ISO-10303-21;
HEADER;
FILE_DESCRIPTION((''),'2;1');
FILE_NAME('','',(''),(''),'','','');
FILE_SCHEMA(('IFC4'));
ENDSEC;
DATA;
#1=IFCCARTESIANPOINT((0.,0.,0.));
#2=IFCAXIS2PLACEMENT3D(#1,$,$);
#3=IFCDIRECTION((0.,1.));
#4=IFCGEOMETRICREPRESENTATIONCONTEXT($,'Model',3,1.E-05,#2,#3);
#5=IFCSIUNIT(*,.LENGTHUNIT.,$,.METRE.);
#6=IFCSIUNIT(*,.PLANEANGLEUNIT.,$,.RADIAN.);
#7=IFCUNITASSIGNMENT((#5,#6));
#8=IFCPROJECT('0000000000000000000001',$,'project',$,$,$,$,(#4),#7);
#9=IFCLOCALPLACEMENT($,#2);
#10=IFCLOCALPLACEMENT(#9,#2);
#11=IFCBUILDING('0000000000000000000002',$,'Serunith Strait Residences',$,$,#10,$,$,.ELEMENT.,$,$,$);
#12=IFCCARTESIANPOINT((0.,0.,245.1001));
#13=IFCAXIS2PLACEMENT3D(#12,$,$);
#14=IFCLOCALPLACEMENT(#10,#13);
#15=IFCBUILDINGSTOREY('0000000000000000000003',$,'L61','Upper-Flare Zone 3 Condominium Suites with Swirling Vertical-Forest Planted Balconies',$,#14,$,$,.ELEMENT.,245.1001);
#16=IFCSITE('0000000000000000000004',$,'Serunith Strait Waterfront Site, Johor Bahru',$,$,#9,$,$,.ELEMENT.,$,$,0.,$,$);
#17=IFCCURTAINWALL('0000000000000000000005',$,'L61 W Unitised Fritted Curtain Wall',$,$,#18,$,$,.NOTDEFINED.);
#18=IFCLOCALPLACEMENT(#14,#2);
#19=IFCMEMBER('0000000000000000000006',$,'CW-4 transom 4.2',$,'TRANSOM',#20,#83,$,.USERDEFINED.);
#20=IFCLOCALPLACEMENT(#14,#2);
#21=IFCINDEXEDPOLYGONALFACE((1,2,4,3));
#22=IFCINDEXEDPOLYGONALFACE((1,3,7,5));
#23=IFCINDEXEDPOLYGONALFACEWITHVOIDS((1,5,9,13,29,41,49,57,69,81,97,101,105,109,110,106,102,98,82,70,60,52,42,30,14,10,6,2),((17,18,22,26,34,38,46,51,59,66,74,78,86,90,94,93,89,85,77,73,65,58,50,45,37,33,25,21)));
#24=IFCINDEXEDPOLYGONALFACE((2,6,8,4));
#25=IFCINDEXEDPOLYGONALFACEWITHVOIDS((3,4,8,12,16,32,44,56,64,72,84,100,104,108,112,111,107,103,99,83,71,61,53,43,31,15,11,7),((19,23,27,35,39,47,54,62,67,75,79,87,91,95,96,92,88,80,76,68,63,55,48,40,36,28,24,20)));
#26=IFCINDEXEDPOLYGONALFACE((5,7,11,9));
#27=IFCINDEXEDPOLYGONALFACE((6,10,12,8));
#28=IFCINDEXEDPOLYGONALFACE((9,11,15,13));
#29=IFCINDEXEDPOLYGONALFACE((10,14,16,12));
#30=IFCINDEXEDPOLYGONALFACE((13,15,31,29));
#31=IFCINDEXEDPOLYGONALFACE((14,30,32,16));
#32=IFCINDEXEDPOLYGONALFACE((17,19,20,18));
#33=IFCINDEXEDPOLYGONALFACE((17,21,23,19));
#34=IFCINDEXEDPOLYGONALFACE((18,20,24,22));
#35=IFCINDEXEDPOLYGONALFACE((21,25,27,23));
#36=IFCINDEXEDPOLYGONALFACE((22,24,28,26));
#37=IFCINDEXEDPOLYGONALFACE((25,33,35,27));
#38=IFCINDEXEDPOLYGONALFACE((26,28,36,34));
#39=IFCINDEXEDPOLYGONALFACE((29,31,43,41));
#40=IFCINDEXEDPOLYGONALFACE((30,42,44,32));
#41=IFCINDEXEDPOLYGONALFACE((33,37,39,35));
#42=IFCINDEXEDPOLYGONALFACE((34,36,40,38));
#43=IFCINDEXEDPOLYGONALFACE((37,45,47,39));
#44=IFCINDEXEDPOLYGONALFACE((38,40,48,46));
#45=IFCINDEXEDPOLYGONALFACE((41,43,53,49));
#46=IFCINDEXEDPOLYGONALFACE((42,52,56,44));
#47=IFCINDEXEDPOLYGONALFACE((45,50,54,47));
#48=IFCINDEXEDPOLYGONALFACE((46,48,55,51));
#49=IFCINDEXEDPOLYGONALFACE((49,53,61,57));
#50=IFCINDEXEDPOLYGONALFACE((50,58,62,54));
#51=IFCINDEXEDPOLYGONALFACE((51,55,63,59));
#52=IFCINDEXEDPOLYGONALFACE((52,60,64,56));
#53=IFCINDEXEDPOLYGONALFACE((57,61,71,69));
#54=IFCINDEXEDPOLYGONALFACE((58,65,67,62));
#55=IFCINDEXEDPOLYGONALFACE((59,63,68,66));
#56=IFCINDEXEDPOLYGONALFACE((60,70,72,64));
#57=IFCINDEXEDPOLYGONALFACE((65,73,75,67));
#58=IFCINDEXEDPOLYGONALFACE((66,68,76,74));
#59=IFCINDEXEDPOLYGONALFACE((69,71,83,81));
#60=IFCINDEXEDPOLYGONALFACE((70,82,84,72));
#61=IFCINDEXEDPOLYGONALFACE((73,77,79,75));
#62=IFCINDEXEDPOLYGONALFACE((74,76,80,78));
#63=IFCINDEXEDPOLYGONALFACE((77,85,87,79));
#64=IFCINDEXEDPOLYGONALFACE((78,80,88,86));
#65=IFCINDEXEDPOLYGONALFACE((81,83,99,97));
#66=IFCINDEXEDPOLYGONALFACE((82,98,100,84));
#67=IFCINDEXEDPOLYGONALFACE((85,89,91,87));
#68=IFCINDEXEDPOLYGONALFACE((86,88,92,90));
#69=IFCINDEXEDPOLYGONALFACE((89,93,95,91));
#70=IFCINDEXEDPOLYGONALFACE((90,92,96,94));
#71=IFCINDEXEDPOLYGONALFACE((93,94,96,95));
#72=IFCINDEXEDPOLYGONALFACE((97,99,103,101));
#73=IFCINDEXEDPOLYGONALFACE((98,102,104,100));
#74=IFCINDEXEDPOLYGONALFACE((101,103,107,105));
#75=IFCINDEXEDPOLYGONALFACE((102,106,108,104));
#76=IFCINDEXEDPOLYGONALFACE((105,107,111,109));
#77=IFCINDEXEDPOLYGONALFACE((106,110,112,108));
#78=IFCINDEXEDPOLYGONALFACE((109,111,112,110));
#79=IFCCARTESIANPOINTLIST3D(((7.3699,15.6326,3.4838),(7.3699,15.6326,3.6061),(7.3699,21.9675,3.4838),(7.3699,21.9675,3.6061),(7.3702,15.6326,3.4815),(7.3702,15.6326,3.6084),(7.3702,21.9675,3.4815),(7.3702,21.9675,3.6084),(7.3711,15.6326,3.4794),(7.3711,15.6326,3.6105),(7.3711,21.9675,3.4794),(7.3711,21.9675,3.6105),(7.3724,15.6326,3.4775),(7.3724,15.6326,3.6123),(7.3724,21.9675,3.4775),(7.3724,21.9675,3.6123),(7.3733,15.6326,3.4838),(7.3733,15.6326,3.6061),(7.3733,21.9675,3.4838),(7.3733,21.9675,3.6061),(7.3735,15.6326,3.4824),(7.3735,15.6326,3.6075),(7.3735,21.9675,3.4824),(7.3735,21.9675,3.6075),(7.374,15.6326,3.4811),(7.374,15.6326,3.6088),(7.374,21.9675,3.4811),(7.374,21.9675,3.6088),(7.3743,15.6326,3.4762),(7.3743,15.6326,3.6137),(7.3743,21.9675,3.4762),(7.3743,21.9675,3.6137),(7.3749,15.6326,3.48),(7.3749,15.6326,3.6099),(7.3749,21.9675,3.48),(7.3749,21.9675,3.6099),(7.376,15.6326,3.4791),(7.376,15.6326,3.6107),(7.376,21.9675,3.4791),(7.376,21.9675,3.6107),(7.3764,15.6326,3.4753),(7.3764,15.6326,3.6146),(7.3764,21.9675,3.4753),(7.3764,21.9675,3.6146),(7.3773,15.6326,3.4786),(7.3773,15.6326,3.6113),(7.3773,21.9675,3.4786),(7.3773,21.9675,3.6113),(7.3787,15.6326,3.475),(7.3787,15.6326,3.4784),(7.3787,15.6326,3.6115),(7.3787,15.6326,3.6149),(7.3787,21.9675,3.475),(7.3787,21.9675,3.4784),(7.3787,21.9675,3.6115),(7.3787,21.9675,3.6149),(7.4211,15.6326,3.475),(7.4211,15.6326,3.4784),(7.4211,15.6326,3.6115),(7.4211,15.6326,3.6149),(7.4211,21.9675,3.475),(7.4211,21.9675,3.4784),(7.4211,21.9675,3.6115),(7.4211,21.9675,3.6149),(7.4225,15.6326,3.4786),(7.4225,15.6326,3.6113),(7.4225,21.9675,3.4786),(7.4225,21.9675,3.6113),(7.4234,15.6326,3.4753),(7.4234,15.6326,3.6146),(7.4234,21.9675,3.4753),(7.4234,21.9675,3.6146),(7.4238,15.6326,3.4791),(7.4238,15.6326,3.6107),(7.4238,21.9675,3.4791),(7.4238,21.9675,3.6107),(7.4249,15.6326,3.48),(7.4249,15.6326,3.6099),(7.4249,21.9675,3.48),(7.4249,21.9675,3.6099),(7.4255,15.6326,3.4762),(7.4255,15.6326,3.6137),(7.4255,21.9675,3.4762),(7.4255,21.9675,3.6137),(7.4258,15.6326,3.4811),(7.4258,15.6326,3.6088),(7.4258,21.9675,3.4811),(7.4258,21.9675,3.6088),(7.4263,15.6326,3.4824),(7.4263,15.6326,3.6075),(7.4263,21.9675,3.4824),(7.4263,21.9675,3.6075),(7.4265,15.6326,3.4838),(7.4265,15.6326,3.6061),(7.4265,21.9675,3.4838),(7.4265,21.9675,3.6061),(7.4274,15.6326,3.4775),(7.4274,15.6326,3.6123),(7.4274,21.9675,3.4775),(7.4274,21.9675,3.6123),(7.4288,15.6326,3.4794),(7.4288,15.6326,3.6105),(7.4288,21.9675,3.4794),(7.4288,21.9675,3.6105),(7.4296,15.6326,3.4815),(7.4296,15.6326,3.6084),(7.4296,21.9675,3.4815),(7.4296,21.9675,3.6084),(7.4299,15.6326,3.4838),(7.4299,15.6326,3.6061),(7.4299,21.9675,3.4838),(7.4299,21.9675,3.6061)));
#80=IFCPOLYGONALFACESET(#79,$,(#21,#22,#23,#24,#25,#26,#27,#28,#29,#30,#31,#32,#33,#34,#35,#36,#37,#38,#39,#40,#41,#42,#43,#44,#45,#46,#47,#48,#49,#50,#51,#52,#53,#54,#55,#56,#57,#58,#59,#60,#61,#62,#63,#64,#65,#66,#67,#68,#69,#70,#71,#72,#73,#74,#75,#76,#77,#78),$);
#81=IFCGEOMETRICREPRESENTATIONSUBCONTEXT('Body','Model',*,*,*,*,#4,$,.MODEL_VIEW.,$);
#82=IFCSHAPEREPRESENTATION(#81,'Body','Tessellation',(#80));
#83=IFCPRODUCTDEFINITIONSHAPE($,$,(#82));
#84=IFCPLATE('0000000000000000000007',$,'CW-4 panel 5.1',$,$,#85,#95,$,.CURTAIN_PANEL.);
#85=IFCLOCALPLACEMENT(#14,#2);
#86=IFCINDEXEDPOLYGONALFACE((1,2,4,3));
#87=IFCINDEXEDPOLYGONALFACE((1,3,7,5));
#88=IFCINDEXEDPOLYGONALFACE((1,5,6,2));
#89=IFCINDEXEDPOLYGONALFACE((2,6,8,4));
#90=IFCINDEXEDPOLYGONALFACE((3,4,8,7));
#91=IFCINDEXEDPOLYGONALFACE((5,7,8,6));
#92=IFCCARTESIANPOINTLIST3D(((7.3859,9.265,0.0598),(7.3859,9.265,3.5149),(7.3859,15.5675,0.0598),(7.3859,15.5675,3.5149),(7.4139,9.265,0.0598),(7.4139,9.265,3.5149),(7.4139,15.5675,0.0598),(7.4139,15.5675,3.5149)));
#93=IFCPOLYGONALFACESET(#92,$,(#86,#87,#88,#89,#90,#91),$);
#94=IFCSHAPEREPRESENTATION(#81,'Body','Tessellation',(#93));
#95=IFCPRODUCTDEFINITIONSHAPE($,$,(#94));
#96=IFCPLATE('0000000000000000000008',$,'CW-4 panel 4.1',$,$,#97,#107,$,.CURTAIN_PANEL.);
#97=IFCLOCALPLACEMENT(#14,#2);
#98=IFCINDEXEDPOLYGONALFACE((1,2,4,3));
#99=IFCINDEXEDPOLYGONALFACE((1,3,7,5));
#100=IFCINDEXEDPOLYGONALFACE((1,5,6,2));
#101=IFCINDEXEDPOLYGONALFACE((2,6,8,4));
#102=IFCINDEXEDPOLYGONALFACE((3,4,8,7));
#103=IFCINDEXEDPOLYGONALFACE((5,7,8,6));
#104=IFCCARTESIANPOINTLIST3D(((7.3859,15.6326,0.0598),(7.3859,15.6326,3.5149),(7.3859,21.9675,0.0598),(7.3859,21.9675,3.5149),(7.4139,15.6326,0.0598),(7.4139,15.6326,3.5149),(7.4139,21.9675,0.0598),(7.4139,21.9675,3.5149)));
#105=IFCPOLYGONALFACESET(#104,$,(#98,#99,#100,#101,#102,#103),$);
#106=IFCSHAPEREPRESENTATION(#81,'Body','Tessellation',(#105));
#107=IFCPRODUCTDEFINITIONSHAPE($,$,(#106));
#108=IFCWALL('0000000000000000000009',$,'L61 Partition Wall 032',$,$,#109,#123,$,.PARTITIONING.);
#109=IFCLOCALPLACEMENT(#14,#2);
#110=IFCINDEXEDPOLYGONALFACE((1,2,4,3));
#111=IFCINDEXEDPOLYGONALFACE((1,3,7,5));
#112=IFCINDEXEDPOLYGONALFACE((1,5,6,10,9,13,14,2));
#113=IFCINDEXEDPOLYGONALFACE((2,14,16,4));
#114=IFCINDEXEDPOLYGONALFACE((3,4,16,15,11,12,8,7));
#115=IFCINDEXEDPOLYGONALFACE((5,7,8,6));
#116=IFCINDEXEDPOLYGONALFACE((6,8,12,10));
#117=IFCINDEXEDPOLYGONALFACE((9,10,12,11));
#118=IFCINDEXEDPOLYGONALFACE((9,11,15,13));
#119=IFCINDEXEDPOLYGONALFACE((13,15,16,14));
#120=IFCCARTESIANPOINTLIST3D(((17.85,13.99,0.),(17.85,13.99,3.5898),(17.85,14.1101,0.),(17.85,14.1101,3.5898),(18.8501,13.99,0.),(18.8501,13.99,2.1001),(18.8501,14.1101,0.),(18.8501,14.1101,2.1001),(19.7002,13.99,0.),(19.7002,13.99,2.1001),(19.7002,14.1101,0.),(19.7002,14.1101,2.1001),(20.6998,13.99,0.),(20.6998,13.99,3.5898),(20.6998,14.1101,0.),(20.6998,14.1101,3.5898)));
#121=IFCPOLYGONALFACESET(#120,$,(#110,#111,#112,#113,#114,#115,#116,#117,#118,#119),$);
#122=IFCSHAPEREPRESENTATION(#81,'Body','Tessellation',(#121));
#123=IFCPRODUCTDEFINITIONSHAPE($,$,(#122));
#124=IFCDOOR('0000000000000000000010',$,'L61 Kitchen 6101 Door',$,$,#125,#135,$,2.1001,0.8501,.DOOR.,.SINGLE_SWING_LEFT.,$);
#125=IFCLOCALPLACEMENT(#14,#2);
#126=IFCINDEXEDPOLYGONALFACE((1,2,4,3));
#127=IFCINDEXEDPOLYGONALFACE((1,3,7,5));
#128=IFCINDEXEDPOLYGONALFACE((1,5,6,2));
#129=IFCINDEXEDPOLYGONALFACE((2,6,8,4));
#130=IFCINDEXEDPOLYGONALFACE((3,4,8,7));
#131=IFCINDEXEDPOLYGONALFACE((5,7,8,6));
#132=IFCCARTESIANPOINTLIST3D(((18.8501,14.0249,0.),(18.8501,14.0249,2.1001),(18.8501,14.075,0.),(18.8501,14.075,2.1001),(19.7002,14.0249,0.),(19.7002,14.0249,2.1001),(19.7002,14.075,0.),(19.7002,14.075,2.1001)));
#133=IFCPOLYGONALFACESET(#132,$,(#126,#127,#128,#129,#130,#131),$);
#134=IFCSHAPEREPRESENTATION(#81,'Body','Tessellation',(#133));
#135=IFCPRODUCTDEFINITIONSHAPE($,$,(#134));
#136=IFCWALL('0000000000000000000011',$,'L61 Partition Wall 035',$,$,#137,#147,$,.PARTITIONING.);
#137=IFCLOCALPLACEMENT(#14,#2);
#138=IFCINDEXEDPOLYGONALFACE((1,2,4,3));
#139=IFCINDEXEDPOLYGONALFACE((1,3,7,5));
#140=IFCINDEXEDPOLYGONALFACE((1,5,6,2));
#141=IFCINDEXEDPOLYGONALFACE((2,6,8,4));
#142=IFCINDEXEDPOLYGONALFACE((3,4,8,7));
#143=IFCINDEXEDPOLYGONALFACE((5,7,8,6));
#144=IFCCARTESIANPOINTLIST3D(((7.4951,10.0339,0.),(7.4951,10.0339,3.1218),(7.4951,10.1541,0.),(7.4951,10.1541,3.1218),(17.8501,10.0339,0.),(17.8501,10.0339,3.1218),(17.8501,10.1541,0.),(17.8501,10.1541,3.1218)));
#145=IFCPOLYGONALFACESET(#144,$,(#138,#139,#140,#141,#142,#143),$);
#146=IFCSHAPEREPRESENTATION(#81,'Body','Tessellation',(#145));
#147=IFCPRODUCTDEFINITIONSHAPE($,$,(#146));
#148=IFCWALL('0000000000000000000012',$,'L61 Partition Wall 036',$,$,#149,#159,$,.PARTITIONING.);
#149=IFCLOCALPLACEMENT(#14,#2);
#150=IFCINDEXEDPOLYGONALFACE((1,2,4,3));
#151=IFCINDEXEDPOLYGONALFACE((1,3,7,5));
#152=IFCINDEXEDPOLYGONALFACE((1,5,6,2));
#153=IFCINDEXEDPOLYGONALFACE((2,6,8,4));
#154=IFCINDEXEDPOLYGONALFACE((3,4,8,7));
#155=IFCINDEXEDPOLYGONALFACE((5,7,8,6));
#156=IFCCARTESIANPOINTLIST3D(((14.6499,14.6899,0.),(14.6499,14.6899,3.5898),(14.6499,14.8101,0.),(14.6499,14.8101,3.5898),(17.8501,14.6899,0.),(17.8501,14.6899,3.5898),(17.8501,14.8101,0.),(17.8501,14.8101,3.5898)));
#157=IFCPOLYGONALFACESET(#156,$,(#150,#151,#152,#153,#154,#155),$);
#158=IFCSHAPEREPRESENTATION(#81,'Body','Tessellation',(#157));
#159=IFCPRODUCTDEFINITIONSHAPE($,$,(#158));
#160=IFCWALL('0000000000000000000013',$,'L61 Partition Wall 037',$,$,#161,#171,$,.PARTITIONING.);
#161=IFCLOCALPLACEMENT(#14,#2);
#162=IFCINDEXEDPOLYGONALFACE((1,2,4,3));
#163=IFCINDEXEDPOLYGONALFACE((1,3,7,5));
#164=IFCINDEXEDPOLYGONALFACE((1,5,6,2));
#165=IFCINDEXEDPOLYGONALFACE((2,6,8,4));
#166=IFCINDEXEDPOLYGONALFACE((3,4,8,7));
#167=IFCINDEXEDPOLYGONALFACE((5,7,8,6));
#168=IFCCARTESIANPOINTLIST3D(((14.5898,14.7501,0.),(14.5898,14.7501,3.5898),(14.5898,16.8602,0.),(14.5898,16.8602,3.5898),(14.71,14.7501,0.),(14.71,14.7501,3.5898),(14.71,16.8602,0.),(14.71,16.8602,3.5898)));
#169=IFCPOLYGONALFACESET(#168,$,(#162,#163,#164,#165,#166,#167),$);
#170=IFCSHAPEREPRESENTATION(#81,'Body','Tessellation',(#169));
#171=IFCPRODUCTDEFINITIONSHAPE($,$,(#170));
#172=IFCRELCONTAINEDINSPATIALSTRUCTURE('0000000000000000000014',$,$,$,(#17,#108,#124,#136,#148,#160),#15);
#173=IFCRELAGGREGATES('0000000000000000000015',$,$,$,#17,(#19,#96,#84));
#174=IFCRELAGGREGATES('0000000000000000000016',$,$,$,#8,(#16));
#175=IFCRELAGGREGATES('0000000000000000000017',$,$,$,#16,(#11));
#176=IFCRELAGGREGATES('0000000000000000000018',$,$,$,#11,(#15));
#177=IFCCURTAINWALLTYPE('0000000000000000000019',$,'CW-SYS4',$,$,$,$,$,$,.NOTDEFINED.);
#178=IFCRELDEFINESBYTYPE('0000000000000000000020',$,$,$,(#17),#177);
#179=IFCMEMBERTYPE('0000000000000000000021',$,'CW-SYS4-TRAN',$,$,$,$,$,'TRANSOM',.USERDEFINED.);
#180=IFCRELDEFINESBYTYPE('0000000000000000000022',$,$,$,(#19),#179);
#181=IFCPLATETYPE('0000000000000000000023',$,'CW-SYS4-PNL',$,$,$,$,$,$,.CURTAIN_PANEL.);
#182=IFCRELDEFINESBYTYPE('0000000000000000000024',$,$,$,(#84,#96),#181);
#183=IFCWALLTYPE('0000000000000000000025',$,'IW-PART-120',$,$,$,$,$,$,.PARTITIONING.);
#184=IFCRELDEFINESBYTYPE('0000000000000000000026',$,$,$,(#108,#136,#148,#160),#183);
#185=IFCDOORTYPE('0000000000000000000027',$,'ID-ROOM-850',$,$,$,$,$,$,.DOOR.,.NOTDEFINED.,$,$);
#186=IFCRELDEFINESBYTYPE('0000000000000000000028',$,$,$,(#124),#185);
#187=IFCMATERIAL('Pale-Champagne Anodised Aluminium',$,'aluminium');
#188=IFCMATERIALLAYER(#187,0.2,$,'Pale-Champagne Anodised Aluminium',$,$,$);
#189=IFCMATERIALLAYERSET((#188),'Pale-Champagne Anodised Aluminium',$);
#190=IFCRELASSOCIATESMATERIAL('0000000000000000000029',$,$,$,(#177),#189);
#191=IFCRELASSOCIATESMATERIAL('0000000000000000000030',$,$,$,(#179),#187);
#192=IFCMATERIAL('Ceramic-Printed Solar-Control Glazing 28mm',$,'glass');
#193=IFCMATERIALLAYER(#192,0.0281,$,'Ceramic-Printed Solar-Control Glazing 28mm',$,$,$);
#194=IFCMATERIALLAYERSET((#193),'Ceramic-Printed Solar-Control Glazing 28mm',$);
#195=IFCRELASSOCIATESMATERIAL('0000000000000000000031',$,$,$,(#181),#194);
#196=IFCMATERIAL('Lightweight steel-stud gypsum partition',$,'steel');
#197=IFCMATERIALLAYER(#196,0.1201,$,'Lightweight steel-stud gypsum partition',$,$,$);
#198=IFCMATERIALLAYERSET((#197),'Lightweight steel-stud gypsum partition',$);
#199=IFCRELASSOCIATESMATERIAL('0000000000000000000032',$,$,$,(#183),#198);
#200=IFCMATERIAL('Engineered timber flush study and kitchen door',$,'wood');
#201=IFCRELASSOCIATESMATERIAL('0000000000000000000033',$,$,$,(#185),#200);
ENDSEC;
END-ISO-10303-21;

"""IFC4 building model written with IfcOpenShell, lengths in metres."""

from ifc_helpers import new_model, si_unit, direction, frame, frame_2d, origin, origin_2d, place, context, subcontext, project, spatial, rectangle, hollow_rectangle, extrude, source, transform, mapped, material, layer, layer_set, material_profile, profile_set, type_object, element, fill, aggregate, save


model = new_model("IFC4")

# Units and contexts
model_context = context("Model", 3, precision=1e-05, world=origin(), true_north=direction((0.0, 1.0)))
body_context = subcontext(model_context, "Body", "Model", "MODEL_VIEW")
ifc_project = project(units=[si_unit("LENGTHUNIT", "METRE"), si_unit("PLANEANGLEUNIT", "RADIAN")], contexts=[model_context])

# Site, building, storey
site_placement = place(None, origin())
site = spatial("IfcSite", under=ifc_project, at=site_placement, Name="Serunith Strait Waterfront Site, Johor Bahru", CompositionType="ELEMENT", RefElevation=0.0)
building_placement = place(site_placement, origin())
building = spatial("IfcBuilding", under=site, at=building_placement, Name="Serunith Strait Residences", CompositionType="ELEMENT")
storey_placement = place(building_placement, frame((0.0, 0.0, 245.1001)))
storey = spatial("IfcBuildingStorey", under=building, at=storey_placement, Name="L61", Description="Upper-Flare Zone 3 Condominium Suites with Swirling Vertical-Forest Planted Balconies", CompositionType="ELEMENT", Elevation=245.1001)

# Curtain wall, member, plates
ifc_material_1 = material(Name="Pale-Champagne Anodised Aluminium", Category="aluminium")
ifc_layer_1 = layer(ifc_material_1, 0.2, Name="Pale-Champagne Anodised Aluminium")
ifc_layer_set_1 = layer_set([ifc_layer_1], Name="Pale-Champagne Anodised Aluminium")
curtain_wall_type = type_object("IfcCurtainWallType", Name="CW-SYS4", PredefinedType="NOTDEFINED", material=ifc_layer_set_1)
curtain_wall_placement = place(storey_placement, origin())
curtain_wall = element("IfcCurtainWall", 1, at=curtain_wall_placement, inside=storey, type_object=curtain_wall_type, Name="L61 W Unitised Fritted Curtain Wall", PredefinedType="NOTDEFINED")
ifc_material_profile_1 = material_profile(ifc_material_1, hollow_rectangle(XDim=0.0601, YDim=0.1399, WallThickness=0.0034, InnerFilletRadius=0.0054, OuterFilletRadius=0.0088, at=origin_2d()), Name="ALU 140x60x3.5")
ifc_profile_set_1 = profile_set([ifc_material_profile_1], Name="Pale-Champagne Anodised Aluminium")
member_type_1 = type_object("IfcMemberType", Name="CW-SYS4-TRAN", ElementType="TRANSOM", PredefinedType="USERDEFINED", material=ifc_profile_set_1)
shared_shape_1 = source(origin(), body_context, "Body", "SweptSolid", [
    extrude(hollow_rectangle(XDim=0.0601, YDim=0.1399, WallThickness=0.0034, InnerFilletRadius=0.0054, OuterFilletRadius=0.0088, at=origin_2d()), origin(), (0.0, 0.0, 1.0), 6.335),
])
member_1_placement = place(storey_placement, frame((7.3999, 21.9675, 3.5449), z_axis=(0.0, -1.0, 0.0), x_axis=(1.0, 0.0, 0.0)))
member_1 = element("IfcMember", 2, at=member_1_placement, type_object=member_type_1, Name="CW-4 transom 4.2", ObjectType="TRANSOM", PredefinedType="USERDEFINED", context=body_context, shape_type="MappedRepresentation", body=[
    mapped(shared_shape_1, transform((0.0, 0.0, 0.0), scale=1.0)),
])
ifc_material_2 = material(Name="Ceramic-Printed Solar-Control Glazing 28mm", Category="glass")
ifc_layer_2 = layer(ifc_material_2, 0.0281, Name="Ceramic-Printed Solar-Control Glazing 28mm")
ifc_layer_set_2 = layer_set([ifc_layer_2], Name="Ceramic-Printed Solar-Control Glazing 28mm")
plate_type = type_object("IfcPlateType", Name="CW-SYS4-PNL", PredefinedType="CURTAIN_PANEL", material=ifc_layer_set_2)
shared_shape_2 = source(origin(), body_context, "Body", "SweptSolid", [
    extrude(rectangle(XDim=6.3025, YDim=0.0281, at=origin_2d()), origin(), (0.0, 0.0, 1.0), 3.4551),
])
plate_1_placement = place(storey_placement, frame((7.3999, 12.4163, 0.0598), z_axis=(0.0, 0.0, 1.0), x_axis=(0.0, -1.0, 0.0)))
plate_1 = element("IfcPlate", 3, at=plate_1_placement, type_object=plate_type, Name="CW-4 panel 5.1", PredefinedType="CURTAIN_PANEL", context=body_context, shape_type="MappedRepresentation", body=[
    mapped(shared_shape_2, transform((0.0, 0.0, 0.0), scale=1.0)),
])
shared_shape_3 = source(origin(), body_context, "Body", "SweptSolid", [
    extrude(rectangle(XDim=6.335, YDim=0.0281, at=origin_2d()), origin(), (0.0, 0.0, 1.0), 3.4551),
])
plate_2_placement = place(storey_placement, frame((7.3999, 18.8, 0.0598), z_axis=(0.0, 0.0, 1.0), x_axis=(0.0, -1.0, 0.0)))
plate_2 = element("IfcPlate", 4, at=plate_2_placement, type_object=plate_type, Name="CW-4 panel 4.1", PredefinedType="CURTAIN_PANEL", context=body_context, shape_type="MappedRepresentation", body=[
    mapped(shared_shape_3, transform((0.0, 0.0, 0.0), scale=1.0)),
])
aggregate(curtain_wall, [member_1, plate_2, plate_1])

# Wall, opening, door
ifc_material_3 = material(Name="Lightweight steel-stud gypsum partition", Category="steel")
ifc_layer_3 = layer(ifc_material_3, 0.1201, Name="Lightweight steel-stud gypsum partition")
ifc_layer_set_3 = layer_set([ifc_layer_3], Name="Lightweight steel-stud gypsum partition")
wall_type_1 = type_object("IfcWallType", Name="IW-PART-120", PredefinedType="PARTITIONING", material=ifc_layer_set_3)
wall_1_placement = place(storey_placement, frame((17.8501, 14.05, 0.0), z_axis=(0.0, 0.0, 1.0), x_axis=(1.0, 0.0, 0.0)))
wall_1 = element("IfcWall", 5, at=wall_1_placement, inside=storey, type_object=wall_type_1, Name="L61 Partition Wall 032", PredefinedType="PARTITIONING", context=body_context, shape_type="SweptSolid", body=[
    extrude(rectangle(XDim=2.8499, YDim=0.1201, at=frame_2d((1.4248, 0.0))), origin(), (0.0, 0.0, 1.0), 3.5898),
])
opening_1_placement = place(wall_1_placement, frame((1.0, 0.0, 0.0)))
opening_1 = element("IfcOpeningElement", 6, at=opening_1_placement, cuts=wall_1, PredefinedType="OPENING", context=body_context, shape_type="SweptSolid", body=[
    extrude(rectangle(XDim=0.8501, YDim=2.1001, at=frame_2d((0.425, 1.05))), frame((0.0, 0.0701, 0.0), z_axis=(0.0, -1.0, 0.0), x_axis=(1.0, 0.0, 0.0)), (0.0, 0.0, 1.0), 0.1401),
])
ifc_material_4 = material(Name="Engineered timber flush study and kitchen door", Category="wood")
door_type_1 = type_object("IfcDoorType", Name="ID-ROOM-850", OperationType="NOTDEFINED", PredefinedType="DOOR", material=ifc_material_4)
shared_shape_4 = source(origin(), body_context, "Body", "SweptSolid", [
    extrude(rectangle(XDim=0.8501, YDim=2.1001, at=frame_2d((0.425, 1.05))), frame((0.0, 0.0249, 0.0), z_axis=(0.0, -1.0, 0.0), x_axis=(1.0, 0.0, 0.0)), (0.0, 0.0, 1.0), 0.05),
])
door_1_placement = place(opening_1_placement, origin())
door_1 = element("IfcDoor", 7, at=door_1_placement, inside=storey, type_object=door_type_1, Name="L61 Kitchen 6101 Door", OperationType="SINGLE_SWING_LEFT", OverallHeight=2.1001, OverallWidth=0.8501, PredefinedType="DOOR", context=body_context, shape_type="MappedRepresentation", body=[
    mapped(shared_shape_4, transform((0.0, 0.0, 0.0), scale=1.0)),
])
fill(opening_1, door_1)

# Walls
wall_2_placement = place(storey_placement, frame((7.4951, 10.094, 0.0), z_axis=(0.0, 0.0, 1.0), x_axis=(1.0, 0.0, 0.0)))
element("IfcWall", 8, at=wall_2_placement, inside=storey, type_object=wall_type_1, Name="L61 Partition Wall 035", PredefinedType="PARTITIONING", context=body_context, shape_type="SweptSolid", body=[
    extrude(rectangle(XDim=10.355, YDim=0.1201, at=frame_2d((5.1775, 0.0))), origin(), (0.0, 0.0, 1.0), 3.1218),
])
wall_3_placement = place(storey_placement, frame((14.6499, 14.75, 0.0), z_axis=(0.0, 0.0, 1.0), x_axis=(1.0, 0.0, 0.0)))
element("IfcWall", 9, at=wall_3_placement, inside=storey, type_object=wall_type_1, Name="L61 Partition Wall 036", PredefinedType="PARTITIONING", context=body_context, shape_type="SweptSolid", body=[
    extrude(rectangle(XDim=3.2002, YDim=0.1201, at=frame_2d((1.6001, 0.0))), origin(), (0.0, 0.0, 1.0), 3.5898),
])
wall_4_placement = place(storey_placement, frame((14.6499, 14.75, 0.0), z_axis=(0.0, 0.0, 1.0), x_axis=(0.0, 1.0, 0.0)))
element("IfcWall", 10, at=wall_4_placement, inside=storey, type_object=wall_type_1, Name="L61 Partition Wall 037", PredefinedType="PARTITIONING", context=body_context, shape_type="SweptSolid", body=[
    extrude(rectangle(XDim=2.1101, YDim=0.1201, at=frame_2d((1.0552, 0.0))), origin(), (0.0, 0.0, 1.0), 3.5898),
])

save(model, "model.ifc")
